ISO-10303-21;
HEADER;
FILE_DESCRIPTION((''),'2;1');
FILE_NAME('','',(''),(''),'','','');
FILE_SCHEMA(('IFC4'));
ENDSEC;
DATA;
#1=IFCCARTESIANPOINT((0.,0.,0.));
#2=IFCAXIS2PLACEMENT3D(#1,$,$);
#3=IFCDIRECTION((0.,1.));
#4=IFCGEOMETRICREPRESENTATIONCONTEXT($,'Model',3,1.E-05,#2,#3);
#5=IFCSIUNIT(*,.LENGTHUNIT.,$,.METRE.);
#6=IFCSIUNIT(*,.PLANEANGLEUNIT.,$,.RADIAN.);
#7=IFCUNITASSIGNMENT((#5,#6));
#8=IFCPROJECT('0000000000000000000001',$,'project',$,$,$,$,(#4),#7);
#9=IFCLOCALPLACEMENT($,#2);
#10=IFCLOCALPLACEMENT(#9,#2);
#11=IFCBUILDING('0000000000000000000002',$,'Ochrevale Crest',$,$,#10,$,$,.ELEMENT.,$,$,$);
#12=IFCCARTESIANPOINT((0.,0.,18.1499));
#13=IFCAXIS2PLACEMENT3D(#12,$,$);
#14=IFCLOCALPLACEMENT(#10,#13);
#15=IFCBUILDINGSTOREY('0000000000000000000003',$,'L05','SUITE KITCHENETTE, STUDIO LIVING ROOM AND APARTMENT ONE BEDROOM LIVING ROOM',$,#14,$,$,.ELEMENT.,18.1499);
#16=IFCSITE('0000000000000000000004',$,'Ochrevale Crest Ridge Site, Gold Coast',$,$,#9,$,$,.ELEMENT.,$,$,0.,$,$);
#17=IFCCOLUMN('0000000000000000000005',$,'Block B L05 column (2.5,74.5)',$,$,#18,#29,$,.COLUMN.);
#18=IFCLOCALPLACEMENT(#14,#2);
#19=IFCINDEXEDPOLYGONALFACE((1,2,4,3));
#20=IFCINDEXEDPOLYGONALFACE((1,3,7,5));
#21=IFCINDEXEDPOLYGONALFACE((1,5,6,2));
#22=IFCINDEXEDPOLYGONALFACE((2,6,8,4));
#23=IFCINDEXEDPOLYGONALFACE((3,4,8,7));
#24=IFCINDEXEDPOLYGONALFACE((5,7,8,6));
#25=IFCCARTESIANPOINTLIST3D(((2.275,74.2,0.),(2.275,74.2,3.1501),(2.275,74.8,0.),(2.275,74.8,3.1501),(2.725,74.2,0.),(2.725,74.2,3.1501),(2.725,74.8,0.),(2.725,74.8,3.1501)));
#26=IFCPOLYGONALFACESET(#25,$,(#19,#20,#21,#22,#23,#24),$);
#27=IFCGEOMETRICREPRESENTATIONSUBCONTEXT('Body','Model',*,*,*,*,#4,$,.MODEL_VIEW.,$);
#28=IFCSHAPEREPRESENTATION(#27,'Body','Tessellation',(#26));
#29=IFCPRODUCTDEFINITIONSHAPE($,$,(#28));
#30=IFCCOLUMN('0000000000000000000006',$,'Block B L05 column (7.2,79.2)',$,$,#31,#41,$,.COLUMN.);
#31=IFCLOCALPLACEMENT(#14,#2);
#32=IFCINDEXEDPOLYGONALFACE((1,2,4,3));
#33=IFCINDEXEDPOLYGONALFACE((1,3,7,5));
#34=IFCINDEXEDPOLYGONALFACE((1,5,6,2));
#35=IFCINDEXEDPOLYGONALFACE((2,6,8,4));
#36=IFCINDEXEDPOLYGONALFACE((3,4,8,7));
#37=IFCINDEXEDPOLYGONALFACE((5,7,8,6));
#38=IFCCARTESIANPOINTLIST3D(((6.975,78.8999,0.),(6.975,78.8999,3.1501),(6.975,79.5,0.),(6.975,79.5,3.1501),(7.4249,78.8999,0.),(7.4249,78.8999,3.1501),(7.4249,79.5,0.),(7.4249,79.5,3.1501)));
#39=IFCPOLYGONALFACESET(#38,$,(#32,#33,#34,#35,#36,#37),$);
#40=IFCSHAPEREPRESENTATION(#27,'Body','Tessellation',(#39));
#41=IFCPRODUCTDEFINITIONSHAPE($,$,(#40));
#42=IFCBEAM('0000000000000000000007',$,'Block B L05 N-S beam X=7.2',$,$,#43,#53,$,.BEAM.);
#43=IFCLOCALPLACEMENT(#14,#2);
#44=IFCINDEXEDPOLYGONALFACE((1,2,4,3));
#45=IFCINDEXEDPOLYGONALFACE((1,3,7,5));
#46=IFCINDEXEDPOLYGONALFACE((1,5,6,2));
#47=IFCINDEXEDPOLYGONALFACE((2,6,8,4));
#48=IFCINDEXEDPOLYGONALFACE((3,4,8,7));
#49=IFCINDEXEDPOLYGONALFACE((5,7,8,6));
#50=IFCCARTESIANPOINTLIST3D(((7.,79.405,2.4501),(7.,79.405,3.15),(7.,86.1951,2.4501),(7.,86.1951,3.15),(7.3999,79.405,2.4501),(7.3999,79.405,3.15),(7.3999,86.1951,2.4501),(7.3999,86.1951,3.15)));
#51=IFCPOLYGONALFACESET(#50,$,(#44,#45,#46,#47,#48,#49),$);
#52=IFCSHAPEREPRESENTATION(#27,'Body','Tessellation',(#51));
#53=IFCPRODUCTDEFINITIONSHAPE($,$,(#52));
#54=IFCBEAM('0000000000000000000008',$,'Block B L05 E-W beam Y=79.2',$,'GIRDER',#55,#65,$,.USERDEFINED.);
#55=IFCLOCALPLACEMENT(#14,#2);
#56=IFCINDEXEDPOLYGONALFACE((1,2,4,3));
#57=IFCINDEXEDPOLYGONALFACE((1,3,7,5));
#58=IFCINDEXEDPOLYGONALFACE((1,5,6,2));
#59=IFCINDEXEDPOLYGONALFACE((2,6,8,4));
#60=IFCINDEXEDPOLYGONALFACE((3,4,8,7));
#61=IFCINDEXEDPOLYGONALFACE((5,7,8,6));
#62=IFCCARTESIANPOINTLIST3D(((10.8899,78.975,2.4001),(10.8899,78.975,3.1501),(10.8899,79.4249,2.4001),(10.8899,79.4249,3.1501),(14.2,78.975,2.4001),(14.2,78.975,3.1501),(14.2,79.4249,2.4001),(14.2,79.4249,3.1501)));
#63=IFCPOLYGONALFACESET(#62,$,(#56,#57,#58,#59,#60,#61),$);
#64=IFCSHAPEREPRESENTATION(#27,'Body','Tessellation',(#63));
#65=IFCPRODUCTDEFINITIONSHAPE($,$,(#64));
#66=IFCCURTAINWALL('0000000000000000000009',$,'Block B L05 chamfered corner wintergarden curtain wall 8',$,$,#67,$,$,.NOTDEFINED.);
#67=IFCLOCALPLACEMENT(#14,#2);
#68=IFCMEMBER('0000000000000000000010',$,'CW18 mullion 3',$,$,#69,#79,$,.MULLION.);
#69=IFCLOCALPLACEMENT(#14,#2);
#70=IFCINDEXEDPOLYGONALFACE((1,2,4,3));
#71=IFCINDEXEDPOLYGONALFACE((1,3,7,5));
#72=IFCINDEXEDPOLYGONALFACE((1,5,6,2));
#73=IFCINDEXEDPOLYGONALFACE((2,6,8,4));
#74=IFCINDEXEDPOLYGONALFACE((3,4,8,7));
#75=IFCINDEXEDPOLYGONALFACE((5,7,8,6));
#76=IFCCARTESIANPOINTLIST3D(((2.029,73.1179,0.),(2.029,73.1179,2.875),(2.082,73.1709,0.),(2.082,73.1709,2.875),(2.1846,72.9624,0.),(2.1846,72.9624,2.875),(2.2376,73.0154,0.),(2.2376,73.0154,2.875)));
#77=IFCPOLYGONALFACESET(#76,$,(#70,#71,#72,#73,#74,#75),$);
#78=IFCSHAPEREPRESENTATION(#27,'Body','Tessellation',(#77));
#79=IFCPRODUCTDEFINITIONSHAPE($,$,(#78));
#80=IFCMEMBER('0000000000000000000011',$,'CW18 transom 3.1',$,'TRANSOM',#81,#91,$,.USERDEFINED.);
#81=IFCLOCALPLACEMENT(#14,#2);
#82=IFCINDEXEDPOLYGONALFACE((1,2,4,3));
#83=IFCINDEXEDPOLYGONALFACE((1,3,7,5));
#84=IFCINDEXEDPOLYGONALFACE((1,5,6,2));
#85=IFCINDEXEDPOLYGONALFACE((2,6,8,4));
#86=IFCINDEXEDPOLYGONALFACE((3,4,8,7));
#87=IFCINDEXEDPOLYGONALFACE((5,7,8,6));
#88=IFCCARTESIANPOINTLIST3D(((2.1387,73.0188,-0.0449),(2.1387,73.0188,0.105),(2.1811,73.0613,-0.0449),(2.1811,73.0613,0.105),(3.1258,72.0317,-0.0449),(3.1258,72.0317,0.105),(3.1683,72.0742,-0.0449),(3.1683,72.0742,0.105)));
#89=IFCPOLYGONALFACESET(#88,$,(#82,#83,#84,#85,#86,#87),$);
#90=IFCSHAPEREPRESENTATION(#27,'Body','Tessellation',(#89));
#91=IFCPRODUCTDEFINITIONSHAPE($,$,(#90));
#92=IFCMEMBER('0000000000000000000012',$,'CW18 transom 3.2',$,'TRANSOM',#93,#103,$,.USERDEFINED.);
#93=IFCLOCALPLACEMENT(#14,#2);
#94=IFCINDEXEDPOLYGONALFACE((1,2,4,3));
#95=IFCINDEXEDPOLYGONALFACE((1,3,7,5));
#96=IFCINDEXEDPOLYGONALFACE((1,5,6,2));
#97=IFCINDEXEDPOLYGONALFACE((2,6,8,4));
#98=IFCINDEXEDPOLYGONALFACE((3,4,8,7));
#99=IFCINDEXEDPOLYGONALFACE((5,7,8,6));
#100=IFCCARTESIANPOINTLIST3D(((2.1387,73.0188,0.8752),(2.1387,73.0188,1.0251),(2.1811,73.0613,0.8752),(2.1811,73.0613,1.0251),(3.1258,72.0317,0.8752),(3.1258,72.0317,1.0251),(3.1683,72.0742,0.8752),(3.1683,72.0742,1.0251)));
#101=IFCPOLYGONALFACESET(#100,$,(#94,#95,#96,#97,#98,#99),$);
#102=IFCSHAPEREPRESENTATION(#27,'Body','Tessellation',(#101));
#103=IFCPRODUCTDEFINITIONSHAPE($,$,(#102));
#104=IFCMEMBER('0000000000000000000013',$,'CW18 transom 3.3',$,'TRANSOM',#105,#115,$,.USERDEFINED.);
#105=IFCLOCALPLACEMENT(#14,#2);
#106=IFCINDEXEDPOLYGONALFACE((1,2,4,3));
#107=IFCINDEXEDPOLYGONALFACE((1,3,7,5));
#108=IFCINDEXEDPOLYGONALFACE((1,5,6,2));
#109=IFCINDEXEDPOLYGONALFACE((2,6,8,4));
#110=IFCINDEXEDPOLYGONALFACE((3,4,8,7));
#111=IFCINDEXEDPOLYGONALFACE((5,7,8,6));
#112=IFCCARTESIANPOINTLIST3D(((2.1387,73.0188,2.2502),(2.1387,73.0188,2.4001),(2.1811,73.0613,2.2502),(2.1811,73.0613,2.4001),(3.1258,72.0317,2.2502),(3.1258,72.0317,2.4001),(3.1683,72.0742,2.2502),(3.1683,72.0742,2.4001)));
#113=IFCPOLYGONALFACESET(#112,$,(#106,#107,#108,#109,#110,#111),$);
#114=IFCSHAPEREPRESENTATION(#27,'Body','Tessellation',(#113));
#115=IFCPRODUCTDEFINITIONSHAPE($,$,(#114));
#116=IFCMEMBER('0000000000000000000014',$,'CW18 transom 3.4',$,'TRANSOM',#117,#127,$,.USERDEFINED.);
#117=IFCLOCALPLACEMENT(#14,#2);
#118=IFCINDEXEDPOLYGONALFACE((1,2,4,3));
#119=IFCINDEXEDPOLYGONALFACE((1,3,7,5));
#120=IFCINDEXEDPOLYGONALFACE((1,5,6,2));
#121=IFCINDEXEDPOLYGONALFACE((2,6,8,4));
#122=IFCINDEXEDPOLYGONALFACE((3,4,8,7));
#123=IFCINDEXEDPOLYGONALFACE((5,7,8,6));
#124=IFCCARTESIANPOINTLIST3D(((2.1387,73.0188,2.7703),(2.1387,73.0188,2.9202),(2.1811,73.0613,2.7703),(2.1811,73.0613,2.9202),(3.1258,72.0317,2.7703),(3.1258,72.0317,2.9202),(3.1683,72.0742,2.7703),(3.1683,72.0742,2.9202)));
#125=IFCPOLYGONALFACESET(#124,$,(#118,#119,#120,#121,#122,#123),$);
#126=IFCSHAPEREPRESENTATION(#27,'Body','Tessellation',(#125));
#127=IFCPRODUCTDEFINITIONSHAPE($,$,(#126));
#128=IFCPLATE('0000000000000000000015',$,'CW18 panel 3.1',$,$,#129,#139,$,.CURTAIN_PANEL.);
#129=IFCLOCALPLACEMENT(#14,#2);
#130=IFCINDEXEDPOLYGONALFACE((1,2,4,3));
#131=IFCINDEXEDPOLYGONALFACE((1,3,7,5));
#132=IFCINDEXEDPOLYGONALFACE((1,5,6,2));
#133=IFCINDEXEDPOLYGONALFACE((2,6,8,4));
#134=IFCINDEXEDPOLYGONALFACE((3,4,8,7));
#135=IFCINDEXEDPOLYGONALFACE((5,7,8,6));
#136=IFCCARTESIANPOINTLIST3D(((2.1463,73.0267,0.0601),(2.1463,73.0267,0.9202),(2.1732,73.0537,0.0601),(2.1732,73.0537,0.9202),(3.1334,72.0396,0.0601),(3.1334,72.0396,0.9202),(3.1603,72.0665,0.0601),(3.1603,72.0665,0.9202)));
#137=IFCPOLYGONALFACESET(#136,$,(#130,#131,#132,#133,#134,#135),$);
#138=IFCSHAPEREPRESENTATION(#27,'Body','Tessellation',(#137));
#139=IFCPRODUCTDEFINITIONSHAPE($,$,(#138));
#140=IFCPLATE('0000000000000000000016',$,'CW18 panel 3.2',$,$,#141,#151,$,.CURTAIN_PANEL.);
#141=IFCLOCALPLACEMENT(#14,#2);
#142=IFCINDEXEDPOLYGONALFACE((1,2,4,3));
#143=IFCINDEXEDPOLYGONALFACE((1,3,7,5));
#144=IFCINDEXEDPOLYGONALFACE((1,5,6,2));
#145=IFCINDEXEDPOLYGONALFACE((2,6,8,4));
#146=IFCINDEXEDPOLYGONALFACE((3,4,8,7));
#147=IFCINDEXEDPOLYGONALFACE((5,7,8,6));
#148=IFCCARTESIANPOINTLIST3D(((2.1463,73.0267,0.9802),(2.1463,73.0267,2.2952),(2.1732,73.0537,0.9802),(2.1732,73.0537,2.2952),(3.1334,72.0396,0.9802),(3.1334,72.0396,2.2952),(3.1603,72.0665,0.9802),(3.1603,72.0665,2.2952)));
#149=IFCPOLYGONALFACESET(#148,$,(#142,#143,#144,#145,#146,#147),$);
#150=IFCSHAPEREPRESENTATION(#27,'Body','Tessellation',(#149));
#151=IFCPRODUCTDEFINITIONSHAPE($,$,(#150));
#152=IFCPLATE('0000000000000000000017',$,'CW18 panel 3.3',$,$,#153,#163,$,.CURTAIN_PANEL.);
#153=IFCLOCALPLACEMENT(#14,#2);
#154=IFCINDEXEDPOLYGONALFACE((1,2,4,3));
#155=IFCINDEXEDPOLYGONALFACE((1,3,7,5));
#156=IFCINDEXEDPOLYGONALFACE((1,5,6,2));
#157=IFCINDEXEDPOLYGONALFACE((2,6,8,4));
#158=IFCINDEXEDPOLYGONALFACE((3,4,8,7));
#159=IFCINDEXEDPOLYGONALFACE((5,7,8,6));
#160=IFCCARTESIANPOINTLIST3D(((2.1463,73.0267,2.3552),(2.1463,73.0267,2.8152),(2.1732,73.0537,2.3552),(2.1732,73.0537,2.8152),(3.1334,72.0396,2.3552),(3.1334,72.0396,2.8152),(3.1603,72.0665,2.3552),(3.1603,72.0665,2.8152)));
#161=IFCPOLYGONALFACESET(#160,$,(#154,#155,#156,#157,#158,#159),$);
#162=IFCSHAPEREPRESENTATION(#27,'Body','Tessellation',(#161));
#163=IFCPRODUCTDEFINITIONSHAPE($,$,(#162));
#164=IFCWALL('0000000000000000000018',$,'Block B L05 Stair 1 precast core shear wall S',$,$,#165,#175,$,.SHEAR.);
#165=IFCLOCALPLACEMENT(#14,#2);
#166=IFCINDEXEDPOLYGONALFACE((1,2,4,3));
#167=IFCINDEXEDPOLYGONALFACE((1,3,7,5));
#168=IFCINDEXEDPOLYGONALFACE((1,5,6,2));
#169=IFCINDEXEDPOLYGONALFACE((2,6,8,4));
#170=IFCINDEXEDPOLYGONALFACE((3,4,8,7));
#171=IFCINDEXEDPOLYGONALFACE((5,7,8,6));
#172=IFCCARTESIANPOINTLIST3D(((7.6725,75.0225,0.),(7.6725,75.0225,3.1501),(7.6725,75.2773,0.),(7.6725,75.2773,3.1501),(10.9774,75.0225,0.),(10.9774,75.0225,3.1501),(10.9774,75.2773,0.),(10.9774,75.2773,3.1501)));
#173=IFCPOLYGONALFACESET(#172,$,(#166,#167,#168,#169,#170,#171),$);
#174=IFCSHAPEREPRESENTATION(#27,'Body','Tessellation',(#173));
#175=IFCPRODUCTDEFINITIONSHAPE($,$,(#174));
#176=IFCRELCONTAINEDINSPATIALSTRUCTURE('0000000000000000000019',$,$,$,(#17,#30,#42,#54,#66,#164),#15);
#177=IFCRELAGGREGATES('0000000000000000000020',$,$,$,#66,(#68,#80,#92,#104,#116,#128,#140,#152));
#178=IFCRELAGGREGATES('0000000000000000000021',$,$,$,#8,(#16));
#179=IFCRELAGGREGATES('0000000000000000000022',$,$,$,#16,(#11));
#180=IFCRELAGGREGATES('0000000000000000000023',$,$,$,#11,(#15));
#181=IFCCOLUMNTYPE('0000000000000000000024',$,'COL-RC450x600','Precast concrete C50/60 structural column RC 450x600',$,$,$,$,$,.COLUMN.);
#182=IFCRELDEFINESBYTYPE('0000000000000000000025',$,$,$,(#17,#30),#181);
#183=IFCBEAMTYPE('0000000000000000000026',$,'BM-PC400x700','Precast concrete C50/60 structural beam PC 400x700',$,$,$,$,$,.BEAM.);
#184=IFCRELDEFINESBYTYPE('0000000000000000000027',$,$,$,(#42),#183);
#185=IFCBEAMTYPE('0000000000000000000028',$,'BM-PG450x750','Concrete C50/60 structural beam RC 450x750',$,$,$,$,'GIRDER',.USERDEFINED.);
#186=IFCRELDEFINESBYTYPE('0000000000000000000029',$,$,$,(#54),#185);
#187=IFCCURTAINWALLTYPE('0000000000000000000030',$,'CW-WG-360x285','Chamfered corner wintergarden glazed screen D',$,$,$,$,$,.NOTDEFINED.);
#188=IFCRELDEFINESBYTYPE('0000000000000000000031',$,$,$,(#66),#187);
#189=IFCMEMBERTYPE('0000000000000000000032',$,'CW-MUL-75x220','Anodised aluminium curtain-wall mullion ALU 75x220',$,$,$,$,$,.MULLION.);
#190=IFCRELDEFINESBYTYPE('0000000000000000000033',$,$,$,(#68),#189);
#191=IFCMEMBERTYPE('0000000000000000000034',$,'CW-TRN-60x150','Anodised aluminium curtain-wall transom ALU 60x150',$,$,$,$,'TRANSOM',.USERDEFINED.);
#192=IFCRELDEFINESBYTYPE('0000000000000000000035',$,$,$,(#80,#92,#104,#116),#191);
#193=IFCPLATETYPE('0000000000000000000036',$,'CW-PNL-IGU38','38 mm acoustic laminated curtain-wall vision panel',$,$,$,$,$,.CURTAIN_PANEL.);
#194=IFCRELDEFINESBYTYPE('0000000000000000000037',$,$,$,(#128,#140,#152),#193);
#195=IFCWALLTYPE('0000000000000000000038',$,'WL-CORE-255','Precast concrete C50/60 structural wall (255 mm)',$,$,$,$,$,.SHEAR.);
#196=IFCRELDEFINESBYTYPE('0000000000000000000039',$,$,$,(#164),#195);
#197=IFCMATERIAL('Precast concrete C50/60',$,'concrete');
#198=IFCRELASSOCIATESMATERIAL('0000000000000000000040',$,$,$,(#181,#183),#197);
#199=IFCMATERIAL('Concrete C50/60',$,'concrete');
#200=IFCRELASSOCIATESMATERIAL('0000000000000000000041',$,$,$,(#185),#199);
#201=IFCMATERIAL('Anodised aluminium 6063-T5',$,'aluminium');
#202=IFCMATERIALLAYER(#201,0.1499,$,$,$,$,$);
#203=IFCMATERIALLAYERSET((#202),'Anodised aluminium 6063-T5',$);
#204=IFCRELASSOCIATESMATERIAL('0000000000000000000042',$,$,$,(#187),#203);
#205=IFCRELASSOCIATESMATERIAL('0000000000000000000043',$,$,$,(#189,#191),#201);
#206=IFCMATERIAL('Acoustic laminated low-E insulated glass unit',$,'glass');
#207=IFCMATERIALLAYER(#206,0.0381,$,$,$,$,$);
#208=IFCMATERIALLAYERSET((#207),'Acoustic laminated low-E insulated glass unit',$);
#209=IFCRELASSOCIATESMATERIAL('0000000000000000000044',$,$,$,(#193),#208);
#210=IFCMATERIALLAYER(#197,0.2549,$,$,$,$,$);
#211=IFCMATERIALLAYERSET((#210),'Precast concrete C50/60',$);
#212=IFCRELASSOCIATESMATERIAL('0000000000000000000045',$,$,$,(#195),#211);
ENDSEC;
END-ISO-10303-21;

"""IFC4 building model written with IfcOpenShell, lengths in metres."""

from ifc_helpers import new_model, si_unit, direction, frame, frame_2d, origin, origin_2d, place, context, subcontext, project, spatial, rectangle, extrude, material, layer, layer_set, material_profile, profile_set, type_object, element, aggregate, save


model = new_model("IFC4")

# Units and contexts
model_context = context("Model", 3, precision=1e-05, world=origin(), true_north=direction((0.0, 1.0)))
body_context = subcontext(model_context, "Body", "Model", "MODEL_VIEW")
ifc_project = project(units=[si_unit("LENGTHUNIT", "METRE"), si_unit("PLANEANGLEUNIT", "RADIAN")], contexts=[model_context])

# Site, building, storey
site_placement = place(None, origin())
site = spatial("IfcSite", under=ifc_project, at=site_placement, Name="Ochrevale Crest Ridge Site, Gold Coast", CompositionType="ELEMENT", RefElevation=0.0)
building_placement = place(site_placement, origin())
building = spatial("IfcBuilding", under=site, at=building_placement, Name="Ochrevale Crest", CompositionType="ELEMENT")
storey_placement = place(building_placement, frame((0.0, 0.0, 18.1499)))
storey = spatial("IfcBuildingStorey", under=building, at=storey_placement, Name="L05", Description="SUITE KITCHENETTE, STUDIO LIVING ROOM AND APARTMENT ONE BEDROOM LIVING ROOM", CompositionType="ELEMENT", Elevation=18.1499)

# Columns
ifc_material_1 = material(Name="Precast concrete C50/60", Category="concrete")
ifc_material_profile_1 = material_profile(ifc_material_1, rectangle(XDim=0.45, YDim=0.6001, at=origin_2d()), Name="RC 450x600")
ifc_profile_set_1 = profile_set([ifc_material_profile_1], Name="Precast concrete C50/60")
column_type = type_object("IfcColumnType", Name="COL-RC450x600", Description="Precast concrete C50/60 structural column RC 450x600", PredefinedType="COLUMN", material=ifc_profile_set_1)
for number, where, z_axis, x_axis, name in (
    (1, (2.5, 74.5, 0.0), (0.0, 0.0, 1.0), (1.0, 0.0, 0.0), "Block B L05 column (2.5,74.5)"),
    (2, (7.2, 79.2, 0.0), (0.0, 0.0, 1.0), (1.0, 0.0, 0.0), "Block B L05 column (7.2,79.2)"),
):
    element("IfcColumn", number, at=place(storey_placement, frame(where, z_axis=z_axis, x_axis=x_axis)), inside=storey, type_object=column_type, Name=name, PredefinedType="COLUMN", context=body_context, shape_type="SweptSolid", body=[
        extrude(rectangle(XDim=0.45, YDim=0.6001, at=origin_2d()), origin(), (0.0, 0.0, 1.0), 3.1501),
    ])

# Beams
ifc_material_profile_2 = material_profile(ifc_material_1, rectangle(XDim=0.3999, YDim=0.7, at=origin_2d()), Name="PC 400x700")
ifc_profile_set_2 = profile_set([ifc_material_profile_2], Name="Precast concrete C50/60")
beam_type_1 = type_object("IfcBeamType", Name="BM-PC400x700", Description="Precast concrete C50/60 structural beam PC 400x700", PredefinedType="BEAM", material=ifc_profile_set_2)
beam_1_placement = place(storey_placement, frame((7.2, 79.405, 2.8), z_axis=(0.0, 1.0, 0.0), x_axis=(-1.0, 0.0, 0.0)))
element("IfcBeam", 3, at=beam_1_placement, inside=storey, type_object=beam_type_1, Name="Block B L05 N-S beam X=7.2", PredefinedType="BEAM", context=body_context, shape_type="SweptSolid", body=[
    extrude(rectangle(XDim=0.3999, YDim=0.7, at=origin_2d()), origin(), (0.0, 0.0, 1.0), 6.79),
])
ifc_material_2 = material(Name="Concrete C50/60", Category="concrete")
ifc_material_profile_3 = material_profile(ifc_material_2, rectangle(XDim=0.45, YDim=0.75, at=origin_2d()), Name="RC 450x750")
ifc_profile_set_3 = profile_set([ifc_material_profile_3], Name="Concrete C50/60")
beam_type_2 = type_object("IfcBeamType", Name="BM-PG450x750", Description="Concrete C50/60 structural beam RC 450x750", ElementType="GIRDER", PredefinedType="USERDEFINED", material=ifc_profile_set_3)
beam_2_placement = place(storey_placement, frame((10.8899, 79.2, 2.7751), z_axis=(1.0, 0.0, 0.0), x_axis=(0.0, 1.0, 0.0)))
element("IfcBeam", 4, at=beam_2_placement, inside=storey, type_object=beam_type_2, Name="Block B L05 E-W beam Y=79.2", ObjectType="GIRDER", PredefinedType="USERDEFINED", context=body_context, shape_type="SweptSolid", body=[
    extrude(rectangle(XDim=0.45, YDim=0.75, at=origin_2d()), origin(), (0.0, 0.0, 1.0), 3.3101),
])

# Curtain wall, members, plates
ifc_material_3 = material(Name="Anodised aluminium 6063-T5", Category="aluminium")
ifc_layer_1 = layer(ifc_material_3, 0.1499)
ifc_layer_set_1 = layer_set([ifc_layer_1], Name="Anodised aluminium 6063-T5")
curtain_wall_type = type_object("IfcCurtainWallType", Name="CW-WG-360x285", Description="Chamfered corner wintergarden glazed screen D", PredefinedType="NOTDEFINED", material=ifc_layer_set_1)
curtain_wall_placement = place(storey_placement, origin())
curtain_wall = element("IfcCurtainWall", 5, at=curtain_wall_placement, inside=storey, type_object=curtain_wall_type, Name="Block B L05 chamfered corner wintergarden curtain wall 8", PredefinedType="NOTDEFINED")
ifc_material_profile_4 = material_profile(ifc_material_3, rectangle(XDim=0.075, YDim=0.22, at=origin_2d()), Name="ALU 75x220")
ifc_profile_set_4 = profile_set([ifc_material_profile_4], Name="Anodised aluminium 6063-T5")
member_type_1 = type_object("IfcMemberType", Name="CW-MUL-75x220", Description="Anodised aluminium curtain-wall mullion ALU 75x220", PredefinedType="MULLION", material=ifc_profile_set_4)
member_1_placement = place(storey_placement, frame((2.1333, 73.0667, 0.0), z_axis=(0.0, 0.0, 1.0), x_axis=(0.707107, 0.707107, 0.0)))
member_1 = element("IfcMember", 6, at=member_1_placement, type_object=member_type_1, Name="CW18 mullion 3", PredefinedType="MULLION", context=body_context, shape_type="SweptSolid", body=[
    extrude(rectangle(XDim=0.075, YDim=0.22, at=origin_2d()), origin(), (0.0, 0.0, 1.0), 2.875),
])
ifc_material_profile_5 = material_profile(ifc_material_3, rectangle(XDim=0.0601, YDim=0.1499, at=origin_2d()), Name="ALU 60x150")
ifc_profile_set_5 = profile_set([ifc_material_profile_5], Name="Anodised aluminium 6063-T5")
member_type_2 = type_object("IfcMemberType", Name="CW-TRN-60x150", Description="Anodised aluminium curtain-wall transom ALU 60x150", ElementType="TRANSOM", PredefinedType="USERDEFINED", material=ifc_profile_set_5)
member_2_placement = place(storey_placement, frame((2.1599, 73.04, 0.03), z_axis=(0.707107, -0.707107, 0.0), x_axis=(0.707107, 0.707107, 0.0)))
member_2 = element("IfcMember", 7, at=member_2_placement, type_object=member_type_2, Name="CW18 transom 3.1", ObjectType="TRANSOM", PredefinedType="USERDEFINED", context=body_context, shape_type="SweptSolid", body=[
    extrude(rectangle(XDim=0.0601, YDim=0.1499, at=origin_2d()), origin(), (0.0, 0.0, 1.0), 1.396),
])
member_3_placement = place(storey_placement, frame((2.1599, 73.04, 0.9502), z_axis=(0.707107, -0.707107, 0.0), x_axis=(0.707107, 0.707107, 0.0)))
member_3 = element("IfcMember", 8, at=member_3_placement, type_object=member_type_2, Name="CW18 transom 3.2", ObjectType="TRANSOM", PredefinedType="USERDEFINED", context=body_context, shape_type="SweptSolid", body=[
    extrude(rectangle(XDim=0.0601, YDim=0.1499, at=origin_2d()), origin(), (0.0, 0.0, 1.0), 1.396),
])
member_4_placement = place(storey_placement, frame((2.1599, 73.04, 2.3252), z_axis=(0.707107, -0.707107, 0.0), x_axis=(0.707107, 0.707107, 0.0)))
member_4 = element("IfcMember", 9, at=member_4_placement, type_object=member_type_2, Name="CW18 transom 3.3", ObjectType="TRANSOM", PredefinedType="USERDEFINED", context=body_context, shape_type="SweptSolid", body=[
    extrude(rectangle(XDim=0.0601, YDim=0.1499, at=origin_2d()), origin(), (0.0, 0.0, 1.0), 1.396),
])
member_5_placement = place(storey_placement, frame((2.1599, 73.04, 2.8452), z_axis=(0.707107, -0.707107, 0.0), x_axis=(0.707107, 0.707107, 0.0)))
member_5 = element("IfcMember", 10, at=member_5_placement, type_object=member_type_2, Name="CW18 transom 3.4", ObjectType="TRANSOM", PredefinedType="USERDEFINED", context=body_context, shape_type="SweptSolid", body=[
    extrude(rectangle(XDim=0.0601, YDim=0.1499, at=origin_2d()), origin(), (0.0, 0.0, 1.0), 1.396),
])
ifc_material_4 = material(Name="Acoustic laminated low-E insulated glass unit", Category="glass")
ifc_layer_2 = layer(ifc_material_4, 0.0381)
ifc_layer_set_2 = layer_set([ifc_layer_2], Name="Acoustic laminated low-E insulated glass unit")
plate_type = type_object("IfcPlateType", Name="CW-PNL-IGU38", Description="38 mm acoustic laminated curtain-wall vision panel", PredefinedType="CURTAIN_PANEL", material=ifc_layer_set_2)
plate_1_placement = place(storey_placement, frame((2.6533, 72.5466, 0.0601), z_axis=(0.0, 0.0, 1.0), x_axis=(0.707107, -0.707107, 0.0)))
plate_1 = element("IfcPlate", 11, at=plate_1_placement, type_object=plate_type, Name="CW18 panel 3.1", PredefinedType="CURTAIN_PANEL", context=body_context, shape_type="SweptSolid", body=[
    extrude(rectangle(XDim=1.396, YDim=0.0381, at=origin_2d()), origin(), (0.0, 0.0, 1.0), 0.8601),
])
plate_2_placement = place(storey_placement, frame((2.6533, 72.5466, 0.9802), z_axis=(0.0, 0.0, 1.0), x_axis=(0.707107, -0.707107, 0.0)))
plate_2 = element("IfcPlate", 12, at=plate_2_placement, type_object=plate_type, Name="CW18 panel 3.2", PredefinedType="CURTAIN_PANEL", context=body_context, shape_type="SweptSolid", body=[
    extrude(rectangle(XDim=1.396, YDim=0.0381, at=origin_2d()), origin(), (0.0, 0.0, 1.0), 1.3149),
])
plate_3_placement = place(storey_placement, frame((2.6533, 72.5466, 2.3552), z_axis=(0.0, 0.0, 1.0), x_axis=(0.707107, -0.707107, 0.0)))
plate_3 = element("IfcPlate", 13, at=plate_3_placement, type_object=plate_type, Name="CW18 panel 3.3", PredefinedType="CURTAIN_PANEL", context=body_context, shape_type="SweptSolid", body=[
    extrude(rectangle(XDim=1.396, YDim=0.0381, at=origin_2d()), origin(), (0.0, 0.0, 1.0), 0.46),
])
aggregate(curtain_wall, [member_1, member_2, member_3, member_4, member_5, plate_1, plate_2, plate_3])

# Wall
ifc_layer_3 = layer(ifc_material_1, 0.2549)
ifc_layer_set_3 = layer_set([ifc_layer_3], Name="Precast concrete C50/60")
wall_type_1 = type_object("IfcWallType", Name="WL-CORE-255", Description="Precast concrete C50/60 structural wall (255 mm)", PredefinedType="SHEAR", material=ifc_layer_set_3)
wall_1_placement = place(storey_placement, frame((7.6726, 75.1499, 0.0), z_axis=(0.0, 0.0, 1.0), x_axis=(1.0, 0.0, 0.0)))
element("IfcWall", 14, at=wall_1_placement, inside=storey, type_object=wall_type_1, Name="Block B L05 Stair 1 precast core shear wall S", PredefinedType="SHEAR", context=body_context, shape_type="SweptSolid", body=[
    extrude(rectangle(XDim=3.3049, YDim=0.2549, at=frame_2d((1.6523, 0.0))), origin(), (0.0, 0.0, 1.0), 3.1501),
])

save(model, "model.ifc")
